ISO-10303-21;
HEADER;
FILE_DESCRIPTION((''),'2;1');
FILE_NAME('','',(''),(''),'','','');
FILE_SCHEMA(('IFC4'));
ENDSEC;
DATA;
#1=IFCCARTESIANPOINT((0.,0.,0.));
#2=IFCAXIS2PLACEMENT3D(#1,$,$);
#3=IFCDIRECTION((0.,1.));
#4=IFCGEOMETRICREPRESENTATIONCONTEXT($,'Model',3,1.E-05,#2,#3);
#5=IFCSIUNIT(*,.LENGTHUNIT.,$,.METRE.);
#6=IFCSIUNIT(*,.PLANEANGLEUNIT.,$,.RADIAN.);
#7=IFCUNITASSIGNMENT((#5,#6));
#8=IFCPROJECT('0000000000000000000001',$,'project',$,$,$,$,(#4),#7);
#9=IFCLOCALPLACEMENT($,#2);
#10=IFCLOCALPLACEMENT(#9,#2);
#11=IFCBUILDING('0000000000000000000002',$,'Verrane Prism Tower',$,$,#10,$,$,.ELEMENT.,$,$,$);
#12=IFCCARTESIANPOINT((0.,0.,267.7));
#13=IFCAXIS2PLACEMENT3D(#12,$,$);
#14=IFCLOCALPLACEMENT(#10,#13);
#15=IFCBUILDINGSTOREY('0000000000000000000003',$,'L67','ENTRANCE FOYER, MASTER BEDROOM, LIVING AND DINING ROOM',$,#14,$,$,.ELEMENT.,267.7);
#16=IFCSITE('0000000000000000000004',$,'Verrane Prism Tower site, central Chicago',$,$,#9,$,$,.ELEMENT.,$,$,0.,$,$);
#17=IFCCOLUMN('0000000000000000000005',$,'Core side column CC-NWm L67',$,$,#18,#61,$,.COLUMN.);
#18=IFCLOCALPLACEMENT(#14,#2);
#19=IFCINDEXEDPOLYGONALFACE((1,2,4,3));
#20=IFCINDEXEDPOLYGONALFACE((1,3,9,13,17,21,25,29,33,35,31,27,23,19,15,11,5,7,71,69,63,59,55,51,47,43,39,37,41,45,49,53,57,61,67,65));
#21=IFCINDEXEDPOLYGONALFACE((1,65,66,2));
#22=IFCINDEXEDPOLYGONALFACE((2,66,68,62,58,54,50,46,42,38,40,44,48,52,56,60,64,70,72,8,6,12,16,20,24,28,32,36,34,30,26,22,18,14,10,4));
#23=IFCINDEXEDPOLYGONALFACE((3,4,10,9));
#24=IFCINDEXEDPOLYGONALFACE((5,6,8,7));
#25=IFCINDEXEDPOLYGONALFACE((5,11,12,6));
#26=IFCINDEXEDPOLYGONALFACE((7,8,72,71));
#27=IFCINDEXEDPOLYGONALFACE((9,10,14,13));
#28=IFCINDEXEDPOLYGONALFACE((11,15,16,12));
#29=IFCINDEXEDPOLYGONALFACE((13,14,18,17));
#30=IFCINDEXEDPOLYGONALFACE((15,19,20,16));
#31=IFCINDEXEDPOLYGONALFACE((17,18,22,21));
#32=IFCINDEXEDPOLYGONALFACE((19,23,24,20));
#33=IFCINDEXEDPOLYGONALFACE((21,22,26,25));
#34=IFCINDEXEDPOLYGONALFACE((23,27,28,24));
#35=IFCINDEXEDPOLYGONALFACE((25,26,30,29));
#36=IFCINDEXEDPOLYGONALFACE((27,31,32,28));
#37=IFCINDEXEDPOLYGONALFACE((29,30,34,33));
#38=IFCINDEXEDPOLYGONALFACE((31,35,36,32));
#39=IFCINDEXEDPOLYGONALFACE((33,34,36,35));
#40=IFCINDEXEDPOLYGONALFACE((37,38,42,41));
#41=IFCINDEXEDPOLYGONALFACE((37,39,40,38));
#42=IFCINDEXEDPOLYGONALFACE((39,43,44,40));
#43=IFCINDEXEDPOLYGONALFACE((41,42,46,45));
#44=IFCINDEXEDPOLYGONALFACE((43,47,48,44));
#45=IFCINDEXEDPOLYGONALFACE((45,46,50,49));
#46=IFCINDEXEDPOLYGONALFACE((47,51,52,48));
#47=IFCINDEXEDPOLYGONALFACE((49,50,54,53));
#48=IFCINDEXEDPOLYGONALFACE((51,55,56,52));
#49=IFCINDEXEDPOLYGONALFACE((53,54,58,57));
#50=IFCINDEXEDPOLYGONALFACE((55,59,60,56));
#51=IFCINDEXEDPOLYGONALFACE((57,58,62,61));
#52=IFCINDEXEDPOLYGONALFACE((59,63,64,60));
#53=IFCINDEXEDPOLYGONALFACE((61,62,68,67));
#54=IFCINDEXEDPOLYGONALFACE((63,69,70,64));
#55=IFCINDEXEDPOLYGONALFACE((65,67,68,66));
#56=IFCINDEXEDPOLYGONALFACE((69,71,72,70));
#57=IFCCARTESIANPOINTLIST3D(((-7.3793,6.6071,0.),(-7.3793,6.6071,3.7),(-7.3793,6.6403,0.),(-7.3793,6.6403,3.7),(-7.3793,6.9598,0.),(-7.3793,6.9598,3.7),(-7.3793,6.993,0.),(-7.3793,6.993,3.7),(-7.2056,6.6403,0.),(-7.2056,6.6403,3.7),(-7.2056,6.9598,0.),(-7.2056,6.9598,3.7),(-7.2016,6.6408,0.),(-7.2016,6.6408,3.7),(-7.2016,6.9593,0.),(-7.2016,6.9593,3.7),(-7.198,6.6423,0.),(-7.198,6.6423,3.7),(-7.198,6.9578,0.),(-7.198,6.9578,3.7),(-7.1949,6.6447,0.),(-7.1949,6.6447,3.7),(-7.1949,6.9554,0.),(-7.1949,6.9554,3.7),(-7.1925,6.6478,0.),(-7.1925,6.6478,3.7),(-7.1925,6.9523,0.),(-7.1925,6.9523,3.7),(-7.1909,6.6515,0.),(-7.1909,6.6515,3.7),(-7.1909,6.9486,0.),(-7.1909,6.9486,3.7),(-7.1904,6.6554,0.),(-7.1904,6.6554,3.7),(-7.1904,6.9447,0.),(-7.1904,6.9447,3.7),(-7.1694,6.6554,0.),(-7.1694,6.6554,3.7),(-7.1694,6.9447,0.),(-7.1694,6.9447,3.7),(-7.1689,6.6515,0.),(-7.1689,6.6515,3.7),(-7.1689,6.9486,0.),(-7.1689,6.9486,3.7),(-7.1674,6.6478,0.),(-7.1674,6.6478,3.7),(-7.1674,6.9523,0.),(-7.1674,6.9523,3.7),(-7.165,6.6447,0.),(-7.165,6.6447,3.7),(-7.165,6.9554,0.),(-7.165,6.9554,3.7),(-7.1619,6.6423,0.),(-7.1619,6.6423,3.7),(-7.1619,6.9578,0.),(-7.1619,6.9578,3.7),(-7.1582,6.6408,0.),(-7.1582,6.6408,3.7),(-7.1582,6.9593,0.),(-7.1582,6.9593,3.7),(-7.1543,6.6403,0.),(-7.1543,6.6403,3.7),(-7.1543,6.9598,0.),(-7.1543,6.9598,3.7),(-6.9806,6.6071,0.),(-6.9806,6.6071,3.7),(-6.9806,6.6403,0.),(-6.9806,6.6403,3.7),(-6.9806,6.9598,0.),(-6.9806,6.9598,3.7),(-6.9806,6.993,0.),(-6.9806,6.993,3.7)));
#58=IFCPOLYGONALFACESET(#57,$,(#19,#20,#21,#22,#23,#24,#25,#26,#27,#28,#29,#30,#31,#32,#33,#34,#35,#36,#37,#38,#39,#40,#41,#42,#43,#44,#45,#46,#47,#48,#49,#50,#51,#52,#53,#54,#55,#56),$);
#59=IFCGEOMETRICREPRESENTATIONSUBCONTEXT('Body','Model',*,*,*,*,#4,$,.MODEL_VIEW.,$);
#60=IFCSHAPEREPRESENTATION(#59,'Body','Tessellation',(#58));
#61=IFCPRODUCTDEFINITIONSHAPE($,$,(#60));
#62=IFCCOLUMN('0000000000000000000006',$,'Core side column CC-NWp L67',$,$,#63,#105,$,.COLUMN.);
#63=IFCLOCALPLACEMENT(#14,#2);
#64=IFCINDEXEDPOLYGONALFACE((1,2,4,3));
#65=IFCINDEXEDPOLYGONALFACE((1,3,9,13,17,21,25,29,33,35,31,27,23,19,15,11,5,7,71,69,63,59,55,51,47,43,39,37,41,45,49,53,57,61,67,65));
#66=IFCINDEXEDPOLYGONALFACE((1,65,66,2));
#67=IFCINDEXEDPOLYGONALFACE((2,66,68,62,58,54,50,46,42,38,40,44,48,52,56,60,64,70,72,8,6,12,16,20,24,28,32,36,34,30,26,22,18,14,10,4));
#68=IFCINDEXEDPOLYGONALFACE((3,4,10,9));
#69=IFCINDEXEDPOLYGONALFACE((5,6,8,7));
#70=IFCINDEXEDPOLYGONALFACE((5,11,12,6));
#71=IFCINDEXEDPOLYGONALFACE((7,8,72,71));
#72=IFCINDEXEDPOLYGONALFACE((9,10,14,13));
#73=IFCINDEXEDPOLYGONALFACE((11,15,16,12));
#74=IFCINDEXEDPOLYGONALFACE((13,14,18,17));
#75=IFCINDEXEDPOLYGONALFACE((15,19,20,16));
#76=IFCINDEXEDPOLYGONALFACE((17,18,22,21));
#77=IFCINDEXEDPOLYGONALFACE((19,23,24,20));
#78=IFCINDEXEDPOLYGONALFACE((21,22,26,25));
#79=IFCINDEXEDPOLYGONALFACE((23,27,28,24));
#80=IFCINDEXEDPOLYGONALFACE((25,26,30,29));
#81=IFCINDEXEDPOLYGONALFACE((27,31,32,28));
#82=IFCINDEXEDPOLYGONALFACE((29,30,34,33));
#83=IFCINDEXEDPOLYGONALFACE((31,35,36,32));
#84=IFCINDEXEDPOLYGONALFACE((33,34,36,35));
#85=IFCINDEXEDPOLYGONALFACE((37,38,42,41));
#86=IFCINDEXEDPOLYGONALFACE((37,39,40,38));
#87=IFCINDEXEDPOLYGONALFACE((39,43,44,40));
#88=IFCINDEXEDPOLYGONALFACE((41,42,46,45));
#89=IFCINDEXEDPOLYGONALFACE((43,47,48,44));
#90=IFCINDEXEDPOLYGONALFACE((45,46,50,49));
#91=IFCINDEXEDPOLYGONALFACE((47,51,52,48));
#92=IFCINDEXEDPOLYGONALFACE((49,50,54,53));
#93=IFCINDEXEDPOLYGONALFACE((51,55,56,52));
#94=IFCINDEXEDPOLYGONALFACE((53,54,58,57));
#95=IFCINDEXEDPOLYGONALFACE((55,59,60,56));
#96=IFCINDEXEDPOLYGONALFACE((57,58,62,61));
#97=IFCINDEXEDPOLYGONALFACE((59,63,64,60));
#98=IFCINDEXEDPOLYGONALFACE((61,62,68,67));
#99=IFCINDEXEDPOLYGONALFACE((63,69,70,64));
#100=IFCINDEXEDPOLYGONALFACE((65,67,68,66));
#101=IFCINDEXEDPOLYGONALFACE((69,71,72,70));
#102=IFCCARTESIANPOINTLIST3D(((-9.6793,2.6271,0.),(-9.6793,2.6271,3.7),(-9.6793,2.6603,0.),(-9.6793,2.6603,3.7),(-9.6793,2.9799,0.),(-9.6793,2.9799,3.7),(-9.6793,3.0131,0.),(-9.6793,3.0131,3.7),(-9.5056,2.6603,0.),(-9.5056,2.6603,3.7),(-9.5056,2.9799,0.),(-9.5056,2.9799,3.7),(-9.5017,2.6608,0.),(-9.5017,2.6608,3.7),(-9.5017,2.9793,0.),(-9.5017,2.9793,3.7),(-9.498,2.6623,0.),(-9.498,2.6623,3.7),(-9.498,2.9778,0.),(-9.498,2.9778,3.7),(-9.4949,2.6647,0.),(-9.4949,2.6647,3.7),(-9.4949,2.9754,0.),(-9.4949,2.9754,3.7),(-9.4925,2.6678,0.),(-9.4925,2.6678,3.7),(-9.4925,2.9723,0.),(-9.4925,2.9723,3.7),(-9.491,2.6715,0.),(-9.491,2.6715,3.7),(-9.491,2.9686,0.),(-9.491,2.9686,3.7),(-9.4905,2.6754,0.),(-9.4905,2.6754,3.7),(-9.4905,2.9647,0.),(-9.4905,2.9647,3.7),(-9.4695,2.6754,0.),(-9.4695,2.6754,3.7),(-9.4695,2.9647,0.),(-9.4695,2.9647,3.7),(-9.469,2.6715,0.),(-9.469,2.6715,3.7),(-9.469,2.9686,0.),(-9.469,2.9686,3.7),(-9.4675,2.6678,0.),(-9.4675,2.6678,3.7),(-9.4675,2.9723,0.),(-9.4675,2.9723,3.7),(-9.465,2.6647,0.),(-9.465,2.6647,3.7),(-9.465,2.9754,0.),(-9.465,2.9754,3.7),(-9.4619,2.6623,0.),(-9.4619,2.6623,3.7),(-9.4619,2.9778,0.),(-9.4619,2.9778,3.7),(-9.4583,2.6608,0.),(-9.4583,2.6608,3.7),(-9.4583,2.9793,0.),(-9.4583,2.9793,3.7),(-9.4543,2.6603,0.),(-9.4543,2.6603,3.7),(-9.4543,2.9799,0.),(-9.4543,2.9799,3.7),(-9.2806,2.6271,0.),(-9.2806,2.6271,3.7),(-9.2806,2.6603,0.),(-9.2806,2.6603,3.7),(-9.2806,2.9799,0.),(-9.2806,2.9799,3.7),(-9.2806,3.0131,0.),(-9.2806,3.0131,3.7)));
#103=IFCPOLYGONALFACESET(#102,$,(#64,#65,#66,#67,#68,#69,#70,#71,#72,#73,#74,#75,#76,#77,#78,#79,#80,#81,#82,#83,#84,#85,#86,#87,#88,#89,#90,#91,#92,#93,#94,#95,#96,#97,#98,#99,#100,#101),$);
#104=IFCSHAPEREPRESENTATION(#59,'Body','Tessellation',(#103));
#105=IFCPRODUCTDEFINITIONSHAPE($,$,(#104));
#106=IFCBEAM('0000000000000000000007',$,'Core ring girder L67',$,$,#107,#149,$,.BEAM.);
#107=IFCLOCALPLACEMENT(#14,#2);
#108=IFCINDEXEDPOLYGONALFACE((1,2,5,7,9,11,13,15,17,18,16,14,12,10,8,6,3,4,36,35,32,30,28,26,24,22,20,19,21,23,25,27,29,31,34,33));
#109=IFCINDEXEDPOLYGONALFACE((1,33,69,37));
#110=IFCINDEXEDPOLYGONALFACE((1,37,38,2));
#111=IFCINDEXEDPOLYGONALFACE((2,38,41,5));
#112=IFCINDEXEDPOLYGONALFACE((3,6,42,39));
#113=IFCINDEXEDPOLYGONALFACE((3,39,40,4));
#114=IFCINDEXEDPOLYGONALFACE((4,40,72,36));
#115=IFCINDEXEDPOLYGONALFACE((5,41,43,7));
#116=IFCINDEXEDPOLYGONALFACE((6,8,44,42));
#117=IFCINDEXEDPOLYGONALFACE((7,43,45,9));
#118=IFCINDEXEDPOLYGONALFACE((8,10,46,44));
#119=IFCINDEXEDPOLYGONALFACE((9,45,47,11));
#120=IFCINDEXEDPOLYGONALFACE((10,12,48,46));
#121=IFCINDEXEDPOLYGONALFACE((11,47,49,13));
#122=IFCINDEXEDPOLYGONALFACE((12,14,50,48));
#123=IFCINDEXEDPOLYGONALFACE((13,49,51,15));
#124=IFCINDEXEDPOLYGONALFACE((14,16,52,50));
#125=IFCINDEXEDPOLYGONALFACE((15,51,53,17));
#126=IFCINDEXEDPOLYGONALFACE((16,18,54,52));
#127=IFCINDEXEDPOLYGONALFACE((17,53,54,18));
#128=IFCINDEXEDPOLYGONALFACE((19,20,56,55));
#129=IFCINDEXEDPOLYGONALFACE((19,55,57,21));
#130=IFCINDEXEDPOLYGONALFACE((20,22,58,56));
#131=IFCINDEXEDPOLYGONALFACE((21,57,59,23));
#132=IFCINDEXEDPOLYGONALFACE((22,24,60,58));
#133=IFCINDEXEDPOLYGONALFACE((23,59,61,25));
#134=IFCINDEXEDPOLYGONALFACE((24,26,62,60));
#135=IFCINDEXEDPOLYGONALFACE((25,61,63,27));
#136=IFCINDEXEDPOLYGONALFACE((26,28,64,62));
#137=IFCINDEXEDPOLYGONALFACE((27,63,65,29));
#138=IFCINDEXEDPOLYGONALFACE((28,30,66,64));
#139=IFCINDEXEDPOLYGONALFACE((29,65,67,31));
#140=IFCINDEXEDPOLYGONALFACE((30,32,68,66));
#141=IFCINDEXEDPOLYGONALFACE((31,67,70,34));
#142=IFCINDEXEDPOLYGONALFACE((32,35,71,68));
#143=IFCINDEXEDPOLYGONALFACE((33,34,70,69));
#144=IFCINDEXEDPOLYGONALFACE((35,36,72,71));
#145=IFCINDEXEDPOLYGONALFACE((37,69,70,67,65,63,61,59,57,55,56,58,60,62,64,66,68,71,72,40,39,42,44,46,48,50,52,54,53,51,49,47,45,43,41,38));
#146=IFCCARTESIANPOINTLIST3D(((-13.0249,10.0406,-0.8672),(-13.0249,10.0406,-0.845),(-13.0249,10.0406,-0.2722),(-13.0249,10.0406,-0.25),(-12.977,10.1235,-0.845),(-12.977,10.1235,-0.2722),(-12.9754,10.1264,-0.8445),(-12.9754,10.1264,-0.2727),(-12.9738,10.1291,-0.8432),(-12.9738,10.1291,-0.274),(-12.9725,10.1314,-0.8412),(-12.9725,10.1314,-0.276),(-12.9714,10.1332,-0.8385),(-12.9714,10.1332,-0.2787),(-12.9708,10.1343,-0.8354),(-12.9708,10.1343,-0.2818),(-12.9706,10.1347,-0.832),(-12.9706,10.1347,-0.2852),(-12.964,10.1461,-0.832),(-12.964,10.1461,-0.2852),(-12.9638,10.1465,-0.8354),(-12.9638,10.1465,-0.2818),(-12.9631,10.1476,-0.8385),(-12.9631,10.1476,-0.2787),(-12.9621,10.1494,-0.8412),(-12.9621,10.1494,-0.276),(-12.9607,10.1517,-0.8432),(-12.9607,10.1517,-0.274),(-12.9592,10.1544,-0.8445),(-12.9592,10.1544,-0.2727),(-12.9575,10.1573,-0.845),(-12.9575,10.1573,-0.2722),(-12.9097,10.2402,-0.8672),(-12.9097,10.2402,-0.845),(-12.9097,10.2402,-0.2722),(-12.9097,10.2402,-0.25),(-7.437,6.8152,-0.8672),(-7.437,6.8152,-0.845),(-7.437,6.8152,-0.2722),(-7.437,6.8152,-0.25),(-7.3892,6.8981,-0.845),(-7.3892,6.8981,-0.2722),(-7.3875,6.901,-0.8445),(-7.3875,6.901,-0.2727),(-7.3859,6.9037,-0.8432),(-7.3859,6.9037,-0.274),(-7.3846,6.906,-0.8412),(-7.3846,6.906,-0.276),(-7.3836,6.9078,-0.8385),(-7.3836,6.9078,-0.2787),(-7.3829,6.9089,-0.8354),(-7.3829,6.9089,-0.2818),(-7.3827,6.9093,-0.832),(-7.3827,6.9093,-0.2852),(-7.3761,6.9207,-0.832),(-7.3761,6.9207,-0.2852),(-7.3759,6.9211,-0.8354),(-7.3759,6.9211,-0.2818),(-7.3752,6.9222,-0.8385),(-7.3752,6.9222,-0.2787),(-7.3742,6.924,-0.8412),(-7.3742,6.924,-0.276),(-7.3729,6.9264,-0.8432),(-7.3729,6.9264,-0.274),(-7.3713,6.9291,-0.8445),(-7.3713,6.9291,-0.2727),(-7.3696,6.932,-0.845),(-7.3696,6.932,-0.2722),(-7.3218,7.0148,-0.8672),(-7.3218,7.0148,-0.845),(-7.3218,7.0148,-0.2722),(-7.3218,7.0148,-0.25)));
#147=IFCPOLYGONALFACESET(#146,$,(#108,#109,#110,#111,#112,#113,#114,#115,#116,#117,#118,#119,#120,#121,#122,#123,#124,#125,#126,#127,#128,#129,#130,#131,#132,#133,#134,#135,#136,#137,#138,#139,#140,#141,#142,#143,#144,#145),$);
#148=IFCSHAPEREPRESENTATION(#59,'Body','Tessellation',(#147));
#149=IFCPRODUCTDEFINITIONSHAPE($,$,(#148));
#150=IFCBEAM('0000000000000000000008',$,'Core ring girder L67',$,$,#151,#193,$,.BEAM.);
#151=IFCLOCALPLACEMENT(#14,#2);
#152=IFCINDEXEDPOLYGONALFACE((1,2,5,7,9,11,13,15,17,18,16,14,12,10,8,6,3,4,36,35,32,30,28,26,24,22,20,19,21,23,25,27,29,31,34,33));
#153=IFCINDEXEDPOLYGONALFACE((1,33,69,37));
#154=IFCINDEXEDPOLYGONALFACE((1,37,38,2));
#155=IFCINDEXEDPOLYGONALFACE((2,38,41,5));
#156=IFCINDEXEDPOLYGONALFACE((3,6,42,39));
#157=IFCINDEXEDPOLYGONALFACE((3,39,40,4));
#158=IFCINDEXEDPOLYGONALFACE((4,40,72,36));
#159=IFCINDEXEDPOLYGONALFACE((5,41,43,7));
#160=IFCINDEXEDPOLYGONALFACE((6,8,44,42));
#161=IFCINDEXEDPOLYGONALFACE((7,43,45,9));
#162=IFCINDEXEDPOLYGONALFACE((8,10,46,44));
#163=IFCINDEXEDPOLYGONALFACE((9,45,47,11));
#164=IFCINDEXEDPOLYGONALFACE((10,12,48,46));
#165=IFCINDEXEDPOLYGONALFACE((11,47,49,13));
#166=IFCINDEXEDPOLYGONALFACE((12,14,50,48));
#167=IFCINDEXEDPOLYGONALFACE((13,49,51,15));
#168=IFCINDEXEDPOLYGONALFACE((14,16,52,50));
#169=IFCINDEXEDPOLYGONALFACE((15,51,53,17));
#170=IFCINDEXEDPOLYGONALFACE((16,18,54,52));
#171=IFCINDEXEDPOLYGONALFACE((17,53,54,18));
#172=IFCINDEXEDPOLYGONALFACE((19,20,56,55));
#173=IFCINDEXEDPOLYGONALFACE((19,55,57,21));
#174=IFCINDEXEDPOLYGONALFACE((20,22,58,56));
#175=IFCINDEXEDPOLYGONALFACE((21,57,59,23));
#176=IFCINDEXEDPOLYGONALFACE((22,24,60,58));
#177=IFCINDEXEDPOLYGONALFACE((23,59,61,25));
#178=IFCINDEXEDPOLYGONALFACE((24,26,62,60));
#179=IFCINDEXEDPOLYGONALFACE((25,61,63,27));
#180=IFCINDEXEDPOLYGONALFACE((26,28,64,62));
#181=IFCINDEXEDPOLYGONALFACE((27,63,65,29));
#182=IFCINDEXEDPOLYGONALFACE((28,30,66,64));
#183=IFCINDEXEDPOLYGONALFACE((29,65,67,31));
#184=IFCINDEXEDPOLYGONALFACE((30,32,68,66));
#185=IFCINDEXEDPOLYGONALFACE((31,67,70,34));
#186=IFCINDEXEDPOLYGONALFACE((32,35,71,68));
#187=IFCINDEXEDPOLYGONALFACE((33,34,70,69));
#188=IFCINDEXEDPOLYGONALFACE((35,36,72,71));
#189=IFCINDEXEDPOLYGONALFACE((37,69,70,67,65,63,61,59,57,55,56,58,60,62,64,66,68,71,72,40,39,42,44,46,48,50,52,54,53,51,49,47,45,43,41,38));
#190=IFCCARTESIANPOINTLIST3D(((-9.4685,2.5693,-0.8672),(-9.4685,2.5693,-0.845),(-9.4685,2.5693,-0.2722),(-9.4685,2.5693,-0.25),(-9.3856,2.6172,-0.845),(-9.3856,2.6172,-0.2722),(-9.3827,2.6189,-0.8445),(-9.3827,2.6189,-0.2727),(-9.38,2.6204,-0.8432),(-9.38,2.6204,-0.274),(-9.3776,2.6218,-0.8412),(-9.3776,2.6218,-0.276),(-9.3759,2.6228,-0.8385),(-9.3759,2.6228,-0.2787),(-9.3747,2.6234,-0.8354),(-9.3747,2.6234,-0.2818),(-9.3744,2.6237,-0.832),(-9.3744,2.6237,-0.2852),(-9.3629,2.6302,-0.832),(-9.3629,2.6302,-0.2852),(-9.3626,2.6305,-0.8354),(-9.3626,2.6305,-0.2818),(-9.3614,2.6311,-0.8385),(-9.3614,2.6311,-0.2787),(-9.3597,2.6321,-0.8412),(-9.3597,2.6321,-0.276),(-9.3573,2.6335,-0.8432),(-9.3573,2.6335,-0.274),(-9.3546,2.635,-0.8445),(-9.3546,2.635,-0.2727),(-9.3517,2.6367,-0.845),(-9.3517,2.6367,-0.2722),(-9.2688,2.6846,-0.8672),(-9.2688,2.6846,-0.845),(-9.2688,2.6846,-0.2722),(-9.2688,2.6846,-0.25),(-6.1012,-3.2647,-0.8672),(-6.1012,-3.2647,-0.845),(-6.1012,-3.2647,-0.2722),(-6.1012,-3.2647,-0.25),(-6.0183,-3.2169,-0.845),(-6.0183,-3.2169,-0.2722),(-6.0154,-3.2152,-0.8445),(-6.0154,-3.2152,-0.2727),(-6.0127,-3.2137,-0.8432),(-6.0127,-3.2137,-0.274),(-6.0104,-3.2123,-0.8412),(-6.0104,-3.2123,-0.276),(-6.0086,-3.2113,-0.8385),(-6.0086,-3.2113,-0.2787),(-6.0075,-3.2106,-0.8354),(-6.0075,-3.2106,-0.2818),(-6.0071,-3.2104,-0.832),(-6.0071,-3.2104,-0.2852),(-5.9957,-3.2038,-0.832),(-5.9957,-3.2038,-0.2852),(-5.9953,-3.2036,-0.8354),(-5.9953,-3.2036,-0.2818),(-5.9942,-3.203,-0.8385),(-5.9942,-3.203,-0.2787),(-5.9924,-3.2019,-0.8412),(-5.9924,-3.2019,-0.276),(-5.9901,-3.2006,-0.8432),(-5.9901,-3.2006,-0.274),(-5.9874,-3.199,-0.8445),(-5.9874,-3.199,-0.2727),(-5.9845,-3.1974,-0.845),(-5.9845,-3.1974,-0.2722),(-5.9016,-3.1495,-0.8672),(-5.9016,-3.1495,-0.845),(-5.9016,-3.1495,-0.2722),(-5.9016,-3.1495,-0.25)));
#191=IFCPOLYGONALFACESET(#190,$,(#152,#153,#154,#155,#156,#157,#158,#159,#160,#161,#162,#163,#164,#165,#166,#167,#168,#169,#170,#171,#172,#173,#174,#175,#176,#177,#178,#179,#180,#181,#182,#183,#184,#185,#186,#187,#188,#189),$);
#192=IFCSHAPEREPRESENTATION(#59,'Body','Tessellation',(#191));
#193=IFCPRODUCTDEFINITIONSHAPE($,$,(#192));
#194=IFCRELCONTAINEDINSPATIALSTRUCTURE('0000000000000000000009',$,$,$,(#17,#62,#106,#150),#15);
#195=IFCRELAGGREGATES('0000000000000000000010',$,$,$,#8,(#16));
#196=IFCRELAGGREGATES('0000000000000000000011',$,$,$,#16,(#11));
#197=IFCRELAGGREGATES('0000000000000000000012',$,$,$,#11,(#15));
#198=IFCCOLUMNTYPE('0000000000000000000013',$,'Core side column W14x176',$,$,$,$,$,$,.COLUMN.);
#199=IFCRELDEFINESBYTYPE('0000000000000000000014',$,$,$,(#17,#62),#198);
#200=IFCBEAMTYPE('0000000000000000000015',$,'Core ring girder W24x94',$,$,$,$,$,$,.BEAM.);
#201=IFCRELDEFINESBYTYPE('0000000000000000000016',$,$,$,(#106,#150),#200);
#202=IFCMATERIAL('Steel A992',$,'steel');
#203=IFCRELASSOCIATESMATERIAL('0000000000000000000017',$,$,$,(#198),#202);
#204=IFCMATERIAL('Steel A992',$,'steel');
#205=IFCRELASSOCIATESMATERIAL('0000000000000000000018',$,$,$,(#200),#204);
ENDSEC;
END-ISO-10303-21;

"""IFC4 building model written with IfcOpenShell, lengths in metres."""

from ifc_helpers import new_model, si_unit, direction, frame, origin, origin_2d, place, context, subcontext, project, spatial, i_section, extrude, material, material_profile, profile_set, type_object, element, save


model = new_model("IFC4")

# Units and contexts
model_context = context("Model", 3, precision=1e-05, world=origin(), true_north=direction((0.0, 1.0)))
body_context = subcontext(model_context, "Body", "Model", "MODEL_VIEW")
ifc_project = project(units=[si_unit("LENGTHUNIT", "METRE"), si_unit("PLANEANGLEUNIT", "RADIAN")], contexts=[model_context])

# Site, building, storey
site_placement = place(None, origin())
site = spatial("IfcSite", under=ifc_project, at=site_placement, Name="Verrane Prism Tower site, central Chicago", CompositionType="ELEMENT", RefElevation=0.0)
building_placement = place(site_placement, origin())
building = spatial("IfcBuilding", under=site, at=building_placement, Name="Verrane Prism Tower", CompositionType="ELEMENT")
storey_placement = place(building_placement, frame((0.0, 0.0, 267.7)))
storey = spatial("IfcBuildingStorey", under=building, at=storey_placement, Name="L67", Description="ENTRANCE FOYER, MASTER BEDROOM, LIVING AND DINING ROOM", CompositionType="ELEMENT", Elevation=267.7)

# Columns
ifc_material_1 = material(Name="Steel A992", Category="steel")
ifc_material_profile_1 = material_profile(ifc_material_1, i_section(OverallWidth=0.3987, OverallDepth=0.386, WebThickness=0.021, FlangeThickness=0.0332, FilletRadius=0.0151, at=origin_2d()), Name="W14x176")
ifc_profile_set_1 = profile_set([ifc_material_profile_1], Name="Steel A992")
column_type = type_object("IfcColumnType", Name="Core side column W14x176", PredefinedType="COLUMN", material=ifc_profile_set_1)
for number, where, z_axis, x_axis, name in (
    (1, (-7.1799, 6.8, 0.0), (0.0, 0.0, 1.0), (1.0, 0.0, 0.0), "Core side column CC-NWm L67"),
    (2, (-9.48, 2.8201, 0.0), (0.0, 0.0, 1.0), (1.0, 0.0, 0.0), "Core side column CC-NWp L67"),
):
    element("IfcColumn", number, at=place(storey_placement, frame(where, z_axis=z_axis, x_axis=x_axis)), inside=storey, type_object=column_type, Name=name, PredefinedType="COLUMN", context=body_context, shape_type="SweptSolid", body=[
        extrude(i_section(OverallWidth=0.3987, OverallDepth=0.386, WebThickness=0.021, FlangeThickness=0.0332, FilletRadius=0.0151, at=origin_2d()), origin(), (0.0, 0.0, 1.0), 3.7),
    ])

# Beams
ifc_material_2 = material(Name="Steel A992", Category="steel")
ifc_material_profile_2 = material_profile(ifc_material_2, i_section(OverallWidth=0.2305, OverallDepth=0.6172, WebThickness=0.0132, FlangeThickness=0.0222, FilletRadius=0.0129, at=origin_2d()), Name="W24x94")
ifc_profile_set_2 = profile_set([ifc_material_profile_2], Name="Steel A992")
beam_type_1 = type_object("IfcBeamType", Name="Core ring girder W24x94", PredefinedType="BEAM", material=ifc_profile_set_2)
beam_1_placement = place(storey_placement, frame((-7.3794, 6.915, -0.5586), z_axis=(-0.866081, 0.499904, 0.0), x_axis=(-0.499904, -0.866081, 0.0)))
element("IfcBeam", 3, at=beam_1_placement, inside=storey, type_object=beam_type_1, Name="Core ring girder L67", PredefinedType="BEAM", context=body_context, shape_type="SweptSolid", body=[
    extrude(i_section(OverallWidth=0.2305, OverallDepth=0.6172, WebThickness=0.0132, FlangeThickness=0.0222, FilletRadius=0.0129, at=origin_2d()), origin(), (0.0, 0.0, 1.0), 6.4519),
])
beam_2_placement = place(storey_placement, frame((-9.3687, 2.627, -0.5586), z_axis=(0.499881, -0.866094, 0.0), x_axis=(0.866094, 0.499881, 0.0)))
element("IfcBeam", 4, at=beam_2_placement, inside=storey, type_object=beam_type_1, Name="Core ring girder L67", PredefinedType="BEAM", context=body_context, shape_type="SweptSolid", body=[
    extrude(i_section(OverallWidth=0.2305, OverallDepth=0.6172, WebThickness=0.0132, FlangeThickness=0.0222, FilletRadius=0.0129, at=origin_2d()), origin(), (0.0, 0.0, 1.0), 6.7361),
])

save(model, "model.ifc")
